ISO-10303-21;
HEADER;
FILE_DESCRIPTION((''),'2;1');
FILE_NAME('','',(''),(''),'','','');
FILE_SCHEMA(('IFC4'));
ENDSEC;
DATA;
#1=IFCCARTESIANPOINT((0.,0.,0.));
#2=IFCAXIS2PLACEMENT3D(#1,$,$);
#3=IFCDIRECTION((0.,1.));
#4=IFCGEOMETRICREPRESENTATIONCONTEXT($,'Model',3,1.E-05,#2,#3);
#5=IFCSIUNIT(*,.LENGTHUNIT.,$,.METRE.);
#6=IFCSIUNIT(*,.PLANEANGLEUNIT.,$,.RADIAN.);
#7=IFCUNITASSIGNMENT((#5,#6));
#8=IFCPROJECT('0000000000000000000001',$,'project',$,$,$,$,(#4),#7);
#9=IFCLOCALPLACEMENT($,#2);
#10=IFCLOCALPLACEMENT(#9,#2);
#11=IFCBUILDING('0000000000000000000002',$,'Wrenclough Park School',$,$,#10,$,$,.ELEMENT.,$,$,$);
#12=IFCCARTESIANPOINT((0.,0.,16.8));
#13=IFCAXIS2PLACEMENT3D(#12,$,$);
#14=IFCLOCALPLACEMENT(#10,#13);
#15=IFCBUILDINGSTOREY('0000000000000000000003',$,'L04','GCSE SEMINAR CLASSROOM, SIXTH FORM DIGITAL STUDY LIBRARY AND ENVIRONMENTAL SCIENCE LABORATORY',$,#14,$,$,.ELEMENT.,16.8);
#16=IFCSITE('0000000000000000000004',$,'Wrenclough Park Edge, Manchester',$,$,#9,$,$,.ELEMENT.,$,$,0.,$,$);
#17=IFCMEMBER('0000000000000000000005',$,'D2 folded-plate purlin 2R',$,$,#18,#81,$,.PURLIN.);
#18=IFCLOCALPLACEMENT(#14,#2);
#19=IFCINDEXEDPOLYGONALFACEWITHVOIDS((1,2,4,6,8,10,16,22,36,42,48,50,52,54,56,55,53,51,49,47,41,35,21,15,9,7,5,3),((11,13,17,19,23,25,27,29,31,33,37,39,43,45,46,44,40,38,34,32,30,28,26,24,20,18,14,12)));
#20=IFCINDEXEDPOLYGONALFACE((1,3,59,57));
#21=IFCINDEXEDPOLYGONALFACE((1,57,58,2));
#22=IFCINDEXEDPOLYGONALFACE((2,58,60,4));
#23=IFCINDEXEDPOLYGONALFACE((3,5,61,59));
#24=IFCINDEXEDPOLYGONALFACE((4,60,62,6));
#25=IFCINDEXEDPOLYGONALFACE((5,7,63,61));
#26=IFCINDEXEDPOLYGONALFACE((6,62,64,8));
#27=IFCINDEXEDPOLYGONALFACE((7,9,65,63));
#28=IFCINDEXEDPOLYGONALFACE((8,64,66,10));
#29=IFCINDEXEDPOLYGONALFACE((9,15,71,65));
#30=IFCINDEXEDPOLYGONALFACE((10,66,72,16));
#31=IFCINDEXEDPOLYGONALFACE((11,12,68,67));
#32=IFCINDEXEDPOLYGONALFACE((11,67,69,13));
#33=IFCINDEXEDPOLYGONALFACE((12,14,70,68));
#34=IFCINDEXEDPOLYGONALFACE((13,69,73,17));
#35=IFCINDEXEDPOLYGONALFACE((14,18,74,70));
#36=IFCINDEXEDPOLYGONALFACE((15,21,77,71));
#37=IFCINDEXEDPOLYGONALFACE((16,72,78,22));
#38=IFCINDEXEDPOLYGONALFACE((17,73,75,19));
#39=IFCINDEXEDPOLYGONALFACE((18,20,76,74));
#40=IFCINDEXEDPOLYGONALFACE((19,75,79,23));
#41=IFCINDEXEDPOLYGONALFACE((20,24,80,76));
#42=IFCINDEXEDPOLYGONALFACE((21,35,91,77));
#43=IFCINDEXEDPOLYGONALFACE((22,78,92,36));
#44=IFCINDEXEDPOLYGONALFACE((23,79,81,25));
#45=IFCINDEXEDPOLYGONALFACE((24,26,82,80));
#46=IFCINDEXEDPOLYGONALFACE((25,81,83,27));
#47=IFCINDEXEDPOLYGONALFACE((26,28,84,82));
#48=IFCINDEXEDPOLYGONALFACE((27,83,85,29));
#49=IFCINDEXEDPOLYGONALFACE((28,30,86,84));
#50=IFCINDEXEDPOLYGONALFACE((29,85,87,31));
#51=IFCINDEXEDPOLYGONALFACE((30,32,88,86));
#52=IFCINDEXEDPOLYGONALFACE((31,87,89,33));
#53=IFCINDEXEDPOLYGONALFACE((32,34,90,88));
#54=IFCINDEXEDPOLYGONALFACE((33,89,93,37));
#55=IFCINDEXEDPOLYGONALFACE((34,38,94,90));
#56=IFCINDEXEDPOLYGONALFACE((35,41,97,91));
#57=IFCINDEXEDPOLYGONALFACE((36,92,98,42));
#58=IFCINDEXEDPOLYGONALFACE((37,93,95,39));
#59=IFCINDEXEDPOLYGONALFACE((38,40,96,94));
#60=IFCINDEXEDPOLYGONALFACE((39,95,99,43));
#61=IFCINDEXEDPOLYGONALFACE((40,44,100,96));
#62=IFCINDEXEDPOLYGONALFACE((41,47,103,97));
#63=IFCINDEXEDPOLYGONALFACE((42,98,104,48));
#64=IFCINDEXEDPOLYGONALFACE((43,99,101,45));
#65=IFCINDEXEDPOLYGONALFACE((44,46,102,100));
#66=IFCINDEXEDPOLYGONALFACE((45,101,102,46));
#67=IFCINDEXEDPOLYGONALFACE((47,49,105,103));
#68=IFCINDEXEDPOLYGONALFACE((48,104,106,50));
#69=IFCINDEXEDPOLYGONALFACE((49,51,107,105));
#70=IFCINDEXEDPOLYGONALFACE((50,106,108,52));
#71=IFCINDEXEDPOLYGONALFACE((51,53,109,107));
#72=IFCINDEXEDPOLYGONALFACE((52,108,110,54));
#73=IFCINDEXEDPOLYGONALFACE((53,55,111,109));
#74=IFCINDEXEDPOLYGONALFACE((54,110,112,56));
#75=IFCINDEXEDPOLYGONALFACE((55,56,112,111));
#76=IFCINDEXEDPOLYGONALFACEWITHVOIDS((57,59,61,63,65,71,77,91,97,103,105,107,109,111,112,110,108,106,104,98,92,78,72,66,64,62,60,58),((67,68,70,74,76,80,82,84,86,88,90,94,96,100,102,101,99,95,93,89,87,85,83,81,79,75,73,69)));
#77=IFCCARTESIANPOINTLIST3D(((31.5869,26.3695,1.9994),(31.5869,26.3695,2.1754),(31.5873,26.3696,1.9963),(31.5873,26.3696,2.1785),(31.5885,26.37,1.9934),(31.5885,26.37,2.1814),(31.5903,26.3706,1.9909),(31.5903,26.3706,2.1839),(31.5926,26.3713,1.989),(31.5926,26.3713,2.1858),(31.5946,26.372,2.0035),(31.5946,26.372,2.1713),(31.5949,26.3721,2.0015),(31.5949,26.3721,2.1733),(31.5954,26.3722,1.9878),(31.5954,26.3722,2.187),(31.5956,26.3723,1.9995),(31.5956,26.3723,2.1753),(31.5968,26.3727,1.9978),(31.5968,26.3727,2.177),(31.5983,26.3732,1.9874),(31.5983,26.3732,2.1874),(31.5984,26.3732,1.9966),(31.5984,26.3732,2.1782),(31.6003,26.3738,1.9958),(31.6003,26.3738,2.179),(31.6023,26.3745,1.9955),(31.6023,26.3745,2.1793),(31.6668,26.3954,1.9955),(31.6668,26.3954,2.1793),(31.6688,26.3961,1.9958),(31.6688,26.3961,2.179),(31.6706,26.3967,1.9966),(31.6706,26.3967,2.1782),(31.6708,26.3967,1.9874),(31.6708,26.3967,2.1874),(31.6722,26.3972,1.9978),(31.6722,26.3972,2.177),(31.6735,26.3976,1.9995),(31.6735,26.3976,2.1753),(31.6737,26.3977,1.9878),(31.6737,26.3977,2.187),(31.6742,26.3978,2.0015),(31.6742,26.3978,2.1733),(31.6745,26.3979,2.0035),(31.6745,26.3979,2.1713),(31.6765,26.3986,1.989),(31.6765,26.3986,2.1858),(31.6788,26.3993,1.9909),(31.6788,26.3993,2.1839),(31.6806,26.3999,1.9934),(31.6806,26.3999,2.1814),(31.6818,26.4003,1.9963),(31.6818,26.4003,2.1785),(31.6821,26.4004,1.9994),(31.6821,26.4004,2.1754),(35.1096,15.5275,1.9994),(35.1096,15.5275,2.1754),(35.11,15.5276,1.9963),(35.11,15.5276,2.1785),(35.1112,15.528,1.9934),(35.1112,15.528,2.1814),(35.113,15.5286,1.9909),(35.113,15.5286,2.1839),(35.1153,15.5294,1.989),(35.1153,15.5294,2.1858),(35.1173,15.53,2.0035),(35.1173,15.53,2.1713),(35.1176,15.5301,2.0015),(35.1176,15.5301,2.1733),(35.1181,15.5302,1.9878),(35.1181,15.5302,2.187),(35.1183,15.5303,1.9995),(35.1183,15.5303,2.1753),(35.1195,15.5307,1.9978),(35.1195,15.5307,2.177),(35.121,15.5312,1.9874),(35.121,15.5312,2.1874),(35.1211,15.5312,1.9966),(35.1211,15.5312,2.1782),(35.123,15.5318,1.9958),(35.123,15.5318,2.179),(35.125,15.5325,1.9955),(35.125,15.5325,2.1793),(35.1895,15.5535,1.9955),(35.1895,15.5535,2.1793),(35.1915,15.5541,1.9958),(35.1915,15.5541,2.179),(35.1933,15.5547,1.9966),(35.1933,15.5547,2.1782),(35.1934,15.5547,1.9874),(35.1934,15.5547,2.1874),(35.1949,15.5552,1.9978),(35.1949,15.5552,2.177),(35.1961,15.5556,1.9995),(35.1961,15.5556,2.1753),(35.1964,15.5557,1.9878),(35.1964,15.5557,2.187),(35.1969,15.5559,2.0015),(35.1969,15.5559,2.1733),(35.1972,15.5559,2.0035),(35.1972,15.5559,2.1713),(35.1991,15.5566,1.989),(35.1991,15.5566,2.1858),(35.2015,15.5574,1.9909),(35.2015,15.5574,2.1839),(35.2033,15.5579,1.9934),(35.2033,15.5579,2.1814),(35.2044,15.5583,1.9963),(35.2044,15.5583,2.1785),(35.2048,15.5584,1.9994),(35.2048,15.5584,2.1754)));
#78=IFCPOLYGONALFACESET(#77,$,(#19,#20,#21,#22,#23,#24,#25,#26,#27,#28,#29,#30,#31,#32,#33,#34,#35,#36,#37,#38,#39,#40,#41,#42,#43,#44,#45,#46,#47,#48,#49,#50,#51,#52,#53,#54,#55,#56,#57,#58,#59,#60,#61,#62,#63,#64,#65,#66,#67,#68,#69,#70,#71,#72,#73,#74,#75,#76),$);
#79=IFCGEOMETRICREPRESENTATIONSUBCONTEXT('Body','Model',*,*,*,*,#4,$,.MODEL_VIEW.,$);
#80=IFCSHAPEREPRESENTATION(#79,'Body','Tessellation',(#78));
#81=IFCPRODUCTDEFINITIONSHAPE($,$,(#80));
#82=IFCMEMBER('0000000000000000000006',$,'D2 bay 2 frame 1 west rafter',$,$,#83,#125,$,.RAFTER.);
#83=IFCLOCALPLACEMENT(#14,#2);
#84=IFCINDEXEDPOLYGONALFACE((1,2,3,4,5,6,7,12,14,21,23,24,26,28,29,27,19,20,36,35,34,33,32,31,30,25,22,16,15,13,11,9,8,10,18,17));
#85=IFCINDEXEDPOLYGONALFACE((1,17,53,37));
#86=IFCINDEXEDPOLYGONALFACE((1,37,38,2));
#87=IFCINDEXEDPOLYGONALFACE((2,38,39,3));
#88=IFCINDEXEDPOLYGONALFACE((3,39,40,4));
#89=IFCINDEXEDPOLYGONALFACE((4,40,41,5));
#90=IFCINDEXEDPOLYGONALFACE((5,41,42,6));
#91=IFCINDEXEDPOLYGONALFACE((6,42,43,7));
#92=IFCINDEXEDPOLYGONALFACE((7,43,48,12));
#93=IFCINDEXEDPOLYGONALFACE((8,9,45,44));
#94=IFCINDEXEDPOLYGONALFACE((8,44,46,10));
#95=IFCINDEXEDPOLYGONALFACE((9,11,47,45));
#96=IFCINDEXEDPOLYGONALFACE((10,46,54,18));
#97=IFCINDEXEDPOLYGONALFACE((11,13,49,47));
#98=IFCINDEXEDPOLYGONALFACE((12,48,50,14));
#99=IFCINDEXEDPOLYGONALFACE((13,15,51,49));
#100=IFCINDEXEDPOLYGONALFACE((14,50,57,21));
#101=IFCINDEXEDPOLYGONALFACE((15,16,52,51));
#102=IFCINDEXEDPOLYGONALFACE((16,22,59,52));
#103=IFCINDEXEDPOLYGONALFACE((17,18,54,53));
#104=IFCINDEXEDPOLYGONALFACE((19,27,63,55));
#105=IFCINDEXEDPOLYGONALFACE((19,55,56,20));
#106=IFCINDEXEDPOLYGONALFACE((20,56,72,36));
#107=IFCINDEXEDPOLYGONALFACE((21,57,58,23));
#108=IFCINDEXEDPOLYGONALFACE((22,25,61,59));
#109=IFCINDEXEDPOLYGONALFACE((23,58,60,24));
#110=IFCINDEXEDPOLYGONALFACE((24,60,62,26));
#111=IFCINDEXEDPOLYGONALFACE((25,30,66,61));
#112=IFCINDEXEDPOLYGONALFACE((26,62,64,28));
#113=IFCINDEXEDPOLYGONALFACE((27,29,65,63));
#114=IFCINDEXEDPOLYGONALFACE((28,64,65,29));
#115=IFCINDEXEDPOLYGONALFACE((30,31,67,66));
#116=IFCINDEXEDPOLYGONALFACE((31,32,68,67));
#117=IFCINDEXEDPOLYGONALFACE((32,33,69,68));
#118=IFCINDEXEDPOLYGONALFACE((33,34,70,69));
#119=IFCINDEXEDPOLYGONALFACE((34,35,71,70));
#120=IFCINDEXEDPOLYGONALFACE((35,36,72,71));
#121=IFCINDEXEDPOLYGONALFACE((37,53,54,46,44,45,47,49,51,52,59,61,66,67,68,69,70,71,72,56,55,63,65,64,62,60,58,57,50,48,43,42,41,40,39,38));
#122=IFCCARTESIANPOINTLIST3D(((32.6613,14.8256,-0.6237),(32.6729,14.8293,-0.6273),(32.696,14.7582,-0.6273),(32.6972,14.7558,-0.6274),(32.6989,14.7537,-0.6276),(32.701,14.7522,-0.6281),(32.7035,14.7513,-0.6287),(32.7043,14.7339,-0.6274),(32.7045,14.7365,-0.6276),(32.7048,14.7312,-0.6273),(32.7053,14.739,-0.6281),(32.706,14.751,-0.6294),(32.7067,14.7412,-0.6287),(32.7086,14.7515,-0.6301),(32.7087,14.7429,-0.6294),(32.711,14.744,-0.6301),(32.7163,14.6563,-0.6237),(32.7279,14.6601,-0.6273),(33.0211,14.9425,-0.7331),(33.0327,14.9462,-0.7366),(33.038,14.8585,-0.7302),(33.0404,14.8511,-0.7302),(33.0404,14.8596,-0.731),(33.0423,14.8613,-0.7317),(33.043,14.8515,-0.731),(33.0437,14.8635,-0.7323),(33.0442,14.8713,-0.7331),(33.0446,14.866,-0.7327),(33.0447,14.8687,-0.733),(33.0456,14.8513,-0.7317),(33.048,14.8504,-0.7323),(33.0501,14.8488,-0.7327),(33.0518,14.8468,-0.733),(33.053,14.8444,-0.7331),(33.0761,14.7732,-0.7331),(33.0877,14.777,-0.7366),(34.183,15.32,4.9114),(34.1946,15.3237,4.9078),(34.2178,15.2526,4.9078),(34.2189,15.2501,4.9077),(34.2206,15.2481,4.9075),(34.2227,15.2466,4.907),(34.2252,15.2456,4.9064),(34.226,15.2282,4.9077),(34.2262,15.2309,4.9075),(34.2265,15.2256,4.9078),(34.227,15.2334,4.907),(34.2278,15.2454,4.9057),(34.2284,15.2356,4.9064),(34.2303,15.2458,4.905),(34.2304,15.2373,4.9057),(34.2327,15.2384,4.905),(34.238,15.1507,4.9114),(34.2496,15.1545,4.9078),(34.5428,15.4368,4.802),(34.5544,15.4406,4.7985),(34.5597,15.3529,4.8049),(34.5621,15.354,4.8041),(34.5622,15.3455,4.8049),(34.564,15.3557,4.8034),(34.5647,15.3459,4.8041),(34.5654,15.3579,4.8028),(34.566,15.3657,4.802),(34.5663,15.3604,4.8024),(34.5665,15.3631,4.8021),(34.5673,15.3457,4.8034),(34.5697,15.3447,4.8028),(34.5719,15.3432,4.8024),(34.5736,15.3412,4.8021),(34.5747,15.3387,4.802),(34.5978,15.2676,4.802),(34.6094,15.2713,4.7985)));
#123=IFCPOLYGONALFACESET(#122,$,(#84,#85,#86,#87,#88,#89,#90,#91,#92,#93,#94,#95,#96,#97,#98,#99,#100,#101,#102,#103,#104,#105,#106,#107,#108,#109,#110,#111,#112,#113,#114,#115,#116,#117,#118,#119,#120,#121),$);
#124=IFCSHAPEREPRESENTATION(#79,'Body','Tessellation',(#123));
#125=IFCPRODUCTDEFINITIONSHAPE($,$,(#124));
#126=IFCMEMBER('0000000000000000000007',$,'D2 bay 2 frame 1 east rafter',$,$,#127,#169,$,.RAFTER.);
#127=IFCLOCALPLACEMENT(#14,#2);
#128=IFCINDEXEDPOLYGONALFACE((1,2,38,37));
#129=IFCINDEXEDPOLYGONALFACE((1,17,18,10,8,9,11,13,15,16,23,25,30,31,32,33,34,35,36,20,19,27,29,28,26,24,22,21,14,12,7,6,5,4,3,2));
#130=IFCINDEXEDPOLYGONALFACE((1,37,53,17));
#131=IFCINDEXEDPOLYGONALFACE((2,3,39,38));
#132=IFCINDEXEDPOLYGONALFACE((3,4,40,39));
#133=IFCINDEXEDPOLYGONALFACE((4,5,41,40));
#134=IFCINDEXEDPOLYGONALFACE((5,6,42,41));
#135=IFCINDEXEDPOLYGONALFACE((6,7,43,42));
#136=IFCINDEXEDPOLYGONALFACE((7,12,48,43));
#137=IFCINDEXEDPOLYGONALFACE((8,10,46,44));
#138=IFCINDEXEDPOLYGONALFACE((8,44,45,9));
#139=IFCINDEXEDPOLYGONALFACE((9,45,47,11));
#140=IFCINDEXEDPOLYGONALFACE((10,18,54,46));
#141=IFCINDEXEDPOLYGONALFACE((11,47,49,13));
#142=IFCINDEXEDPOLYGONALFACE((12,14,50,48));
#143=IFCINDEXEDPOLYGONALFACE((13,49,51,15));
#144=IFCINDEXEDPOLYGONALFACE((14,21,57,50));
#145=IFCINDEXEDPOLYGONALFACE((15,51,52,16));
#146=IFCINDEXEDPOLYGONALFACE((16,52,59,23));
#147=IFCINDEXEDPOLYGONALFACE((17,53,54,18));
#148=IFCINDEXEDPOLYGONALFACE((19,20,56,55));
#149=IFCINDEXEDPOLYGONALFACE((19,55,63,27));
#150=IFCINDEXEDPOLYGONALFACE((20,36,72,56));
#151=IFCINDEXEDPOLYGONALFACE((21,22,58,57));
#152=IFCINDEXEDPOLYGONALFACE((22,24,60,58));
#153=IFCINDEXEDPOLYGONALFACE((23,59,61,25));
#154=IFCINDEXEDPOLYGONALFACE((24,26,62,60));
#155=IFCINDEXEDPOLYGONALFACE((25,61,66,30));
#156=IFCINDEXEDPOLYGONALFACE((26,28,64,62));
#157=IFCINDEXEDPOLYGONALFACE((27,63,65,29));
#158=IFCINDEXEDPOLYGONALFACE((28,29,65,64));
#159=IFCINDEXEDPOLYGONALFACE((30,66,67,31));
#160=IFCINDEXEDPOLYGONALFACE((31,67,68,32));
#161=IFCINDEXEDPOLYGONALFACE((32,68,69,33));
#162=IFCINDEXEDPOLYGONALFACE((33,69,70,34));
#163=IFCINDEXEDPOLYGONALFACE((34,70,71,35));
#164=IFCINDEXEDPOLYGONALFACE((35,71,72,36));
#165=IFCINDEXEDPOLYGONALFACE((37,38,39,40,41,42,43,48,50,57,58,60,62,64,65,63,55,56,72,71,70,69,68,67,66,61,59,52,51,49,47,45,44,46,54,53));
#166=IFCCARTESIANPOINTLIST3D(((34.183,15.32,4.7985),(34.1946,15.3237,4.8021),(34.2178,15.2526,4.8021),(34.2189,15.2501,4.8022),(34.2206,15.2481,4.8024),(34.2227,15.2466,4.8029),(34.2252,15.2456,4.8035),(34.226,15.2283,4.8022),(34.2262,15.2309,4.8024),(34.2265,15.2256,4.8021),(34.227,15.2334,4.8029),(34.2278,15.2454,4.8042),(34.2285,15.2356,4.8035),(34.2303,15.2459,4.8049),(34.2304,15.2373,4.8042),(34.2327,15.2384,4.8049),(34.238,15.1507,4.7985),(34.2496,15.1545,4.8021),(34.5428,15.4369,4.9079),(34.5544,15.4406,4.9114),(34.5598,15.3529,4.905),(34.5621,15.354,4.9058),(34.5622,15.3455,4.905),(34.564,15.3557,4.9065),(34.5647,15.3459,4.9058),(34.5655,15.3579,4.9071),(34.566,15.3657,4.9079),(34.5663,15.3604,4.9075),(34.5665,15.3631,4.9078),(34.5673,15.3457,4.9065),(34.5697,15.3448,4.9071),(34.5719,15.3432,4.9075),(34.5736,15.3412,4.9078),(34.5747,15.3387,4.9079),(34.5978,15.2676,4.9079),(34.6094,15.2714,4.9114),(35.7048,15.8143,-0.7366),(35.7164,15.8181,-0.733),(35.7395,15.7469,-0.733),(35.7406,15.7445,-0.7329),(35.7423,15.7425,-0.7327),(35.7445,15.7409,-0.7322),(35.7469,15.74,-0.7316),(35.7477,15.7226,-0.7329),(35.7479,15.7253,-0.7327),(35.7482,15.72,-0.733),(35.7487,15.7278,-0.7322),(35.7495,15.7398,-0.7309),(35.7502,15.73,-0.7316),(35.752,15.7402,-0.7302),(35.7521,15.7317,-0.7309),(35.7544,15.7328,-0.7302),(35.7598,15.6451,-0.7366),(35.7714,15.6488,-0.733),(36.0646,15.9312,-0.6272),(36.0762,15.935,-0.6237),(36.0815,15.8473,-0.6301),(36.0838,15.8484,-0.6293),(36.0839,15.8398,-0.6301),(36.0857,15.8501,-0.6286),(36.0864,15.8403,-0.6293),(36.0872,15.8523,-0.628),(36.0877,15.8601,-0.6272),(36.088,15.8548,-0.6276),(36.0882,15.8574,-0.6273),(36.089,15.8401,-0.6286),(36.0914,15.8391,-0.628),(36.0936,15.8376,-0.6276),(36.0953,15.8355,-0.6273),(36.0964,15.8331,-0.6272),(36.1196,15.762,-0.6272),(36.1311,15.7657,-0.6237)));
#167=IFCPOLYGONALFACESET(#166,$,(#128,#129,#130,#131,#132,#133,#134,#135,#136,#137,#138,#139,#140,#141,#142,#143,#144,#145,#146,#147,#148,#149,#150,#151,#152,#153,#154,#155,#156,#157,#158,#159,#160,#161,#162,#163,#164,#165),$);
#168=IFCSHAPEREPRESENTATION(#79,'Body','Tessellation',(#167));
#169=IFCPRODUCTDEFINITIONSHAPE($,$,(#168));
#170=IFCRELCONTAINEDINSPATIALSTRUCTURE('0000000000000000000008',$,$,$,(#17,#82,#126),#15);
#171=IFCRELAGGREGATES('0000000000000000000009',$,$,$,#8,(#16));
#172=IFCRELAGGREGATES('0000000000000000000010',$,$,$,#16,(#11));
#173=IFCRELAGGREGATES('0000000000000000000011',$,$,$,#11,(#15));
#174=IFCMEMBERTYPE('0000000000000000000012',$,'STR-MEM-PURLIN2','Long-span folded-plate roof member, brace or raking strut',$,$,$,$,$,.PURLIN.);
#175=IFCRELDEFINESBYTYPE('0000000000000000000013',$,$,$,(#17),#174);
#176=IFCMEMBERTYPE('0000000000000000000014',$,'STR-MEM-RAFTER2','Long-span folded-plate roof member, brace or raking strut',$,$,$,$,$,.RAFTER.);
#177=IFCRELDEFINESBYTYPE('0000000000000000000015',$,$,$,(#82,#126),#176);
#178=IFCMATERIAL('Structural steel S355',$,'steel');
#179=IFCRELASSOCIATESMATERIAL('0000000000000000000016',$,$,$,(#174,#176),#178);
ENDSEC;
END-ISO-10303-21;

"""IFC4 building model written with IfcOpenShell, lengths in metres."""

from ifc_helpers import new_model, si_unit, direction, frame, origin, origin_2d, place, context, subcontext, project, spatial, hollow_rectangle, i_section, extrude, material, material_profile, profile_set, type_object, element, save


model = new_model("IFC4")

# Units and contexts
model_context = context("Model", 3, precision=1e-05, world=origin(), true_north=direction((0.0, 1.0)))
body_context = subcontext(model_context, "Body", "Model", "MODEL_VIEW")
ifc_project = project(units=[si_unit("LENGTHUNIT", "METRE"), si_unit("PLANEANGLEUNIT", "RADIAN")], contexts=[model_context])

# Site, building, storey
site_placement = place(None, origin())
site = spatial("IfcSite", under=ifc_project, at=site_placement, Name="Wrenclough Park Edge, Manchester", CompositionType="ELEMENT", RefElevation=0.0)
building_placement = place(site_placement, origin())
building = spatial("IfcBuilding", under=site, at=building_placement, Name="Wrenclough Park School", CompositionType="ELEMENT")
storey_placement = place(building_placement, frame((0.0, 0.0, 16.8)))
storey = spatial("IfcBuildingStorey", under=building, at=storey_placement, Name="L04", Description="GCSE SEMINAR CLASSROOM, SIXTH FORM DIGITAL STUDY LIBRARY AND ENVIRONMENTAL SCIENCE LABORATORY", CompositionType="ELEMENT", Elevation=16.8)

# Shared definitions
ifc_material_1 = material(Name="Structural steel S355", Category="steel")

# Members
ifc_material_profile_1 = material_profile(ifc_material_1, hollow_rectangle(XDim=0.1001, YDim=0.2, WallThickness=0.0081, InnerFilletRadius=0.0081, OuterFilletRadius=0.012, at=origin_2d()), Name="RHS 200x100x8.0")
ifc_profile_set_1 = profile_set([ifc_material_profile_1], Name="Structural steel S355")
member_type_1 = type_object("IfcMemberType", Name="STR-MEM-PURLIN2", Description="Long-span folded-plate roof member, brace or raking strut", PredefinedType="PURLIN", material=ifc_profile_set_1)
member_1_placement = place(storey_placement, frame((35.1572, 15.543, 2.0874), z_axis=(-0.30901, 0.951059, 0.0), x_axis=(-0.951059, -0.30901, 0.0)))
element("IfcMember", 1, at=member_1_placement, inside=storey, type_object=member_type_1, Name="D2 folded-plate purlin 2R", PredefinedType="PURLIN", context=body_context, shape_type="SweptSolid", body=[
    extrude(hollow_rectangle(XDim=0.1001, YDim=0.2, WallThickness=0.0081, InnerFilletRadius=0.0081, OuterFilletRadius=0.012, at=origin_2d()), origin(), (0.0, 0.0, 1.0), 11.3999),
])
ifc_material_profile_2 = material_profile(ifc_material_1, i_section(OverallWidth=0.178, OverallDepth=0.4065, WebThickness=0.0078, FlangeThickness=0.0127, FilletRadius=0.0103, at=origin_2d()), Name="UKB 406x178x60")
ifc_profile_set_2 = profile_set([ifc_material_profile_2], Name="Structural steel S355")
member_type_2 = type_object("IfcMemberType", Name="STR-MEM-RAFTER2", Description="Long-span folded-plate roof member, brace or raking strut", PredefinedType="RAFTER", material=ifc_profile_set_2)
for number, where, z_axis, x_axis, name in (
    (2, (32.8745, 14.8013, -0.6802), (0.264108, 0.085804, 0.960669), (-0.308986, 0.951067, 0.0), "D2 bay 2 frame 1 west rafter"),
    (3, (34.3962, 15.2957, 4.855), (0.264108, 0.085804, -0.960669), (-0.308986, 0.951067, 0.0), "D2 bay 2 frame 1 east rafter"),
):
    element("IfcMember", number, at=place(storey_placement, frame(where, z_axis=z_axis, x_axis=x_axis)), inside=storey, type_object=member_type_2, Name=name, PredefinedType="RAFTER", context=body_context, shape_type="SweptSolid", body=[
        extrude(i_section(OverallWidth=0.178, OverallDepth=0.4065, WebThickness=0.0078, FlangeThickness=0.0127, FilletRadius=0.0103, at=origin_2d()), origin(), (0.0, 0.0, 1.0), 5.7617),
    ])

save(model, "model.ifc")
